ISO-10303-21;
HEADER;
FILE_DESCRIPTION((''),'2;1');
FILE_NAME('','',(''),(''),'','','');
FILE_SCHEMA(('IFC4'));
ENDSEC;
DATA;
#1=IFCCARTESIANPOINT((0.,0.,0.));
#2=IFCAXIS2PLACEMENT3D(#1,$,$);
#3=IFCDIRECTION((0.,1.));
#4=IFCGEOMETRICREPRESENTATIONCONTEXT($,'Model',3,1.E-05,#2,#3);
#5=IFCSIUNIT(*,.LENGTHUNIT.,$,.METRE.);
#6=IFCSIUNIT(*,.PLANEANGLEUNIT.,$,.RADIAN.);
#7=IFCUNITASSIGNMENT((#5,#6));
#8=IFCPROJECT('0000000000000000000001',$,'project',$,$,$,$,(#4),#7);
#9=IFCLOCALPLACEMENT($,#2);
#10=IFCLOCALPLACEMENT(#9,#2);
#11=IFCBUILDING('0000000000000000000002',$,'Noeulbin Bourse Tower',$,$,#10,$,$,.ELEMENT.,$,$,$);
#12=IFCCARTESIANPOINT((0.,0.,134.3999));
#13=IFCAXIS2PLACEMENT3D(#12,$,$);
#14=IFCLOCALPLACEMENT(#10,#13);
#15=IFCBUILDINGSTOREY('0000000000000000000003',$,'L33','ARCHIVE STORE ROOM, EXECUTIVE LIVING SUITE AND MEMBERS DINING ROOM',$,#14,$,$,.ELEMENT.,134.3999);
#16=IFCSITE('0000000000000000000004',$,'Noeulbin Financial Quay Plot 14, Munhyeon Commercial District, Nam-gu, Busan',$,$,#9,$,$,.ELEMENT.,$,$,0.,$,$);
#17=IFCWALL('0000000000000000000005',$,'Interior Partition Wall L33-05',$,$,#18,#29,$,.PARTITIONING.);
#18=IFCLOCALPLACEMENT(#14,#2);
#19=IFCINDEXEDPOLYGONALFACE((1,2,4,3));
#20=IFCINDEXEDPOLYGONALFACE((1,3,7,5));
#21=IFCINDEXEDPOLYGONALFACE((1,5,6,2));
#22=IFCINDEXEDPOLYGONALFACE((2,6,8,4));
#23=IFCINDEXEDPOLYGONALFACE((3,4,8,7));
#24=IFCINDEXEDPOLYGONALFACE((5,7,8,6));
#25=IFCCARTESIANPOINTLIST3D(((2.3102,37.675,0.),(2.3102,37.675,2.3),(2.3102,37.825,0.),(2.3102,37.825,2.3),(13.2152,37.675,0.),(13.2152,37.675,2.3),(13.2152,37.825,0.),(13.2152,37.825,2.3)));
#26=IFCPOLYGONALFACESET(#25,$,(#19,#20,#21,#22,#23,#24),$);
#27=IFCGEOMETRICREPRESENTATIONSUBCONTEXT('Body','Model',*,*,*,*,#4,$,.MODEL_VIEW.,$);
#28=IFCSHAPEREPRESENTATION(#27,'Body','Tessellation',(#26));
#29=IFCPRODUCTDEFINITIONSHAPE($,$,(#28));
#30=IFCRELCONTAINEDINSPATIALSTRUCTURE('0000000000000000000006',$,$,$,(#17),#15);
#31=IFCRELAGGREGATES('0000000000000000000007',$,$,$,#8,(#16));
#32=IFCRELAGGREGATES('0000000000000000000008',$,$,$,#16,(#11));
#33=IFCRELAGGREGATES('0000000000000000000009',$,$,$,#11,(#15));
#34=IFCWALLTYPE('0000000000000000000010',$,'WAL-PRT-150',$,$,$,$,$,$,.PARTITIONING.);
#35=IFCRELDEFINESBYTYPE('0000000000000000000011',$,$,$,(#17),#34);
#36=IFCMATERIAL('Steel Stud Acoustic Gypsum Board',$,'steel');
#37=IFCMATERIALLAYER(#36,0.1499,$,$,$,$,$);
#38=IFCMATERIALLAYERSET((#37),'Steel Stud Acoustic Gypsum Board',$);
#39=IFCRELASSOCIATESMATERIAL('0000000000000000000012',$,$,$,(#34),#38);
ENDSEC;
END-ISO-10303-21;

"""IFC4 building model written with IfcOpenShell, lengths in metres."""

from ifc_helpers import new_model, si_unit, direction, frame, frame_2d, origin, place, context, subcontext, project, spatial, rectangle, extrude, material, layer, layer_set, type_object, element, save


model = new_model("IFC4")

# Units and contexts
model_context = context("Model", 3, precision=1e-05, world=origin(), true_north=direction((0.0, 1.0)))
body_context = subcontext(model_context, "Body", "Model", "MODEL_VIEW")
ifc_project = project(units=[si_unit("LENGTHUNIT", "METRE"), si_unit("PLANEANGLEUNIT", "RADIAN")], contexts=[model_context])

# Site, building, storey
site_placement = place(None, origin())
site = spatial("IfcSite", under=ifc_project, at=site_placement, Name="Noeulbin Financial Quay Plot 14, Munhyeon Commercial District, Nam-gu, Busan", CompositionType="ELEMENT", RefElevation=0.0)
building_placement = place(site_placement, origin())
building = spatial("IfcBuilding", under=site, at=building_placement, Name="Noeulbin Bourse Tower", CompositionType="ELEMENT")
storey_placement = place(building_placement, frame((0.0, 0.0, 134.3999)))
storey = spatial("IfcBuildingStorey", under=building, at=storey_placement, Name="L33", Description="ARCHIVE STORE ROOM, EXECUTIVE LIVING SUITE AND MEMBERS DINING ROOM", CompositionType="ELEMENT", Elevation=134.3999)

# Wall
ifc_material_1 = material(Name="Steel Stud Acoustic Gypsum Board", Category="steel")
ifc_layer_1 = layer(ifc_material_1, 0.1499)
ifc_layer_set_1 = layer_set([ifc_layer_1], Name="Steel Stud Acoustic Gypsum Board")
wall_type_1 = type_object("IfcWallType", Name="WAL-PRT-150", PredefinedType="PARTITIONING", material=ifc_layer_set_1)
wall_1_placement = place(storey_placement, frame((2.3101, 37.75, 0.0), z_axis=(0.0, 0.0, 1.0), x_axis=(1.0, 0.0, 0.0)))
element("IfcWall", 1, at=wall_1_placement, inside=storey, type_object=wall_type_1, Name="Interior Partition Wall L33-05", PredefinedType="PARTITIONING", context=body_context, shape_type="SweptSolid", body=[
    extrude(rectangle(XDim=10.905, YDim=0.1499, at=frame_2d((5.4526, 0.0))), origin(), (0.0, 0.0, 1.0), 2.3),
])

save(model, "model.ifc")
